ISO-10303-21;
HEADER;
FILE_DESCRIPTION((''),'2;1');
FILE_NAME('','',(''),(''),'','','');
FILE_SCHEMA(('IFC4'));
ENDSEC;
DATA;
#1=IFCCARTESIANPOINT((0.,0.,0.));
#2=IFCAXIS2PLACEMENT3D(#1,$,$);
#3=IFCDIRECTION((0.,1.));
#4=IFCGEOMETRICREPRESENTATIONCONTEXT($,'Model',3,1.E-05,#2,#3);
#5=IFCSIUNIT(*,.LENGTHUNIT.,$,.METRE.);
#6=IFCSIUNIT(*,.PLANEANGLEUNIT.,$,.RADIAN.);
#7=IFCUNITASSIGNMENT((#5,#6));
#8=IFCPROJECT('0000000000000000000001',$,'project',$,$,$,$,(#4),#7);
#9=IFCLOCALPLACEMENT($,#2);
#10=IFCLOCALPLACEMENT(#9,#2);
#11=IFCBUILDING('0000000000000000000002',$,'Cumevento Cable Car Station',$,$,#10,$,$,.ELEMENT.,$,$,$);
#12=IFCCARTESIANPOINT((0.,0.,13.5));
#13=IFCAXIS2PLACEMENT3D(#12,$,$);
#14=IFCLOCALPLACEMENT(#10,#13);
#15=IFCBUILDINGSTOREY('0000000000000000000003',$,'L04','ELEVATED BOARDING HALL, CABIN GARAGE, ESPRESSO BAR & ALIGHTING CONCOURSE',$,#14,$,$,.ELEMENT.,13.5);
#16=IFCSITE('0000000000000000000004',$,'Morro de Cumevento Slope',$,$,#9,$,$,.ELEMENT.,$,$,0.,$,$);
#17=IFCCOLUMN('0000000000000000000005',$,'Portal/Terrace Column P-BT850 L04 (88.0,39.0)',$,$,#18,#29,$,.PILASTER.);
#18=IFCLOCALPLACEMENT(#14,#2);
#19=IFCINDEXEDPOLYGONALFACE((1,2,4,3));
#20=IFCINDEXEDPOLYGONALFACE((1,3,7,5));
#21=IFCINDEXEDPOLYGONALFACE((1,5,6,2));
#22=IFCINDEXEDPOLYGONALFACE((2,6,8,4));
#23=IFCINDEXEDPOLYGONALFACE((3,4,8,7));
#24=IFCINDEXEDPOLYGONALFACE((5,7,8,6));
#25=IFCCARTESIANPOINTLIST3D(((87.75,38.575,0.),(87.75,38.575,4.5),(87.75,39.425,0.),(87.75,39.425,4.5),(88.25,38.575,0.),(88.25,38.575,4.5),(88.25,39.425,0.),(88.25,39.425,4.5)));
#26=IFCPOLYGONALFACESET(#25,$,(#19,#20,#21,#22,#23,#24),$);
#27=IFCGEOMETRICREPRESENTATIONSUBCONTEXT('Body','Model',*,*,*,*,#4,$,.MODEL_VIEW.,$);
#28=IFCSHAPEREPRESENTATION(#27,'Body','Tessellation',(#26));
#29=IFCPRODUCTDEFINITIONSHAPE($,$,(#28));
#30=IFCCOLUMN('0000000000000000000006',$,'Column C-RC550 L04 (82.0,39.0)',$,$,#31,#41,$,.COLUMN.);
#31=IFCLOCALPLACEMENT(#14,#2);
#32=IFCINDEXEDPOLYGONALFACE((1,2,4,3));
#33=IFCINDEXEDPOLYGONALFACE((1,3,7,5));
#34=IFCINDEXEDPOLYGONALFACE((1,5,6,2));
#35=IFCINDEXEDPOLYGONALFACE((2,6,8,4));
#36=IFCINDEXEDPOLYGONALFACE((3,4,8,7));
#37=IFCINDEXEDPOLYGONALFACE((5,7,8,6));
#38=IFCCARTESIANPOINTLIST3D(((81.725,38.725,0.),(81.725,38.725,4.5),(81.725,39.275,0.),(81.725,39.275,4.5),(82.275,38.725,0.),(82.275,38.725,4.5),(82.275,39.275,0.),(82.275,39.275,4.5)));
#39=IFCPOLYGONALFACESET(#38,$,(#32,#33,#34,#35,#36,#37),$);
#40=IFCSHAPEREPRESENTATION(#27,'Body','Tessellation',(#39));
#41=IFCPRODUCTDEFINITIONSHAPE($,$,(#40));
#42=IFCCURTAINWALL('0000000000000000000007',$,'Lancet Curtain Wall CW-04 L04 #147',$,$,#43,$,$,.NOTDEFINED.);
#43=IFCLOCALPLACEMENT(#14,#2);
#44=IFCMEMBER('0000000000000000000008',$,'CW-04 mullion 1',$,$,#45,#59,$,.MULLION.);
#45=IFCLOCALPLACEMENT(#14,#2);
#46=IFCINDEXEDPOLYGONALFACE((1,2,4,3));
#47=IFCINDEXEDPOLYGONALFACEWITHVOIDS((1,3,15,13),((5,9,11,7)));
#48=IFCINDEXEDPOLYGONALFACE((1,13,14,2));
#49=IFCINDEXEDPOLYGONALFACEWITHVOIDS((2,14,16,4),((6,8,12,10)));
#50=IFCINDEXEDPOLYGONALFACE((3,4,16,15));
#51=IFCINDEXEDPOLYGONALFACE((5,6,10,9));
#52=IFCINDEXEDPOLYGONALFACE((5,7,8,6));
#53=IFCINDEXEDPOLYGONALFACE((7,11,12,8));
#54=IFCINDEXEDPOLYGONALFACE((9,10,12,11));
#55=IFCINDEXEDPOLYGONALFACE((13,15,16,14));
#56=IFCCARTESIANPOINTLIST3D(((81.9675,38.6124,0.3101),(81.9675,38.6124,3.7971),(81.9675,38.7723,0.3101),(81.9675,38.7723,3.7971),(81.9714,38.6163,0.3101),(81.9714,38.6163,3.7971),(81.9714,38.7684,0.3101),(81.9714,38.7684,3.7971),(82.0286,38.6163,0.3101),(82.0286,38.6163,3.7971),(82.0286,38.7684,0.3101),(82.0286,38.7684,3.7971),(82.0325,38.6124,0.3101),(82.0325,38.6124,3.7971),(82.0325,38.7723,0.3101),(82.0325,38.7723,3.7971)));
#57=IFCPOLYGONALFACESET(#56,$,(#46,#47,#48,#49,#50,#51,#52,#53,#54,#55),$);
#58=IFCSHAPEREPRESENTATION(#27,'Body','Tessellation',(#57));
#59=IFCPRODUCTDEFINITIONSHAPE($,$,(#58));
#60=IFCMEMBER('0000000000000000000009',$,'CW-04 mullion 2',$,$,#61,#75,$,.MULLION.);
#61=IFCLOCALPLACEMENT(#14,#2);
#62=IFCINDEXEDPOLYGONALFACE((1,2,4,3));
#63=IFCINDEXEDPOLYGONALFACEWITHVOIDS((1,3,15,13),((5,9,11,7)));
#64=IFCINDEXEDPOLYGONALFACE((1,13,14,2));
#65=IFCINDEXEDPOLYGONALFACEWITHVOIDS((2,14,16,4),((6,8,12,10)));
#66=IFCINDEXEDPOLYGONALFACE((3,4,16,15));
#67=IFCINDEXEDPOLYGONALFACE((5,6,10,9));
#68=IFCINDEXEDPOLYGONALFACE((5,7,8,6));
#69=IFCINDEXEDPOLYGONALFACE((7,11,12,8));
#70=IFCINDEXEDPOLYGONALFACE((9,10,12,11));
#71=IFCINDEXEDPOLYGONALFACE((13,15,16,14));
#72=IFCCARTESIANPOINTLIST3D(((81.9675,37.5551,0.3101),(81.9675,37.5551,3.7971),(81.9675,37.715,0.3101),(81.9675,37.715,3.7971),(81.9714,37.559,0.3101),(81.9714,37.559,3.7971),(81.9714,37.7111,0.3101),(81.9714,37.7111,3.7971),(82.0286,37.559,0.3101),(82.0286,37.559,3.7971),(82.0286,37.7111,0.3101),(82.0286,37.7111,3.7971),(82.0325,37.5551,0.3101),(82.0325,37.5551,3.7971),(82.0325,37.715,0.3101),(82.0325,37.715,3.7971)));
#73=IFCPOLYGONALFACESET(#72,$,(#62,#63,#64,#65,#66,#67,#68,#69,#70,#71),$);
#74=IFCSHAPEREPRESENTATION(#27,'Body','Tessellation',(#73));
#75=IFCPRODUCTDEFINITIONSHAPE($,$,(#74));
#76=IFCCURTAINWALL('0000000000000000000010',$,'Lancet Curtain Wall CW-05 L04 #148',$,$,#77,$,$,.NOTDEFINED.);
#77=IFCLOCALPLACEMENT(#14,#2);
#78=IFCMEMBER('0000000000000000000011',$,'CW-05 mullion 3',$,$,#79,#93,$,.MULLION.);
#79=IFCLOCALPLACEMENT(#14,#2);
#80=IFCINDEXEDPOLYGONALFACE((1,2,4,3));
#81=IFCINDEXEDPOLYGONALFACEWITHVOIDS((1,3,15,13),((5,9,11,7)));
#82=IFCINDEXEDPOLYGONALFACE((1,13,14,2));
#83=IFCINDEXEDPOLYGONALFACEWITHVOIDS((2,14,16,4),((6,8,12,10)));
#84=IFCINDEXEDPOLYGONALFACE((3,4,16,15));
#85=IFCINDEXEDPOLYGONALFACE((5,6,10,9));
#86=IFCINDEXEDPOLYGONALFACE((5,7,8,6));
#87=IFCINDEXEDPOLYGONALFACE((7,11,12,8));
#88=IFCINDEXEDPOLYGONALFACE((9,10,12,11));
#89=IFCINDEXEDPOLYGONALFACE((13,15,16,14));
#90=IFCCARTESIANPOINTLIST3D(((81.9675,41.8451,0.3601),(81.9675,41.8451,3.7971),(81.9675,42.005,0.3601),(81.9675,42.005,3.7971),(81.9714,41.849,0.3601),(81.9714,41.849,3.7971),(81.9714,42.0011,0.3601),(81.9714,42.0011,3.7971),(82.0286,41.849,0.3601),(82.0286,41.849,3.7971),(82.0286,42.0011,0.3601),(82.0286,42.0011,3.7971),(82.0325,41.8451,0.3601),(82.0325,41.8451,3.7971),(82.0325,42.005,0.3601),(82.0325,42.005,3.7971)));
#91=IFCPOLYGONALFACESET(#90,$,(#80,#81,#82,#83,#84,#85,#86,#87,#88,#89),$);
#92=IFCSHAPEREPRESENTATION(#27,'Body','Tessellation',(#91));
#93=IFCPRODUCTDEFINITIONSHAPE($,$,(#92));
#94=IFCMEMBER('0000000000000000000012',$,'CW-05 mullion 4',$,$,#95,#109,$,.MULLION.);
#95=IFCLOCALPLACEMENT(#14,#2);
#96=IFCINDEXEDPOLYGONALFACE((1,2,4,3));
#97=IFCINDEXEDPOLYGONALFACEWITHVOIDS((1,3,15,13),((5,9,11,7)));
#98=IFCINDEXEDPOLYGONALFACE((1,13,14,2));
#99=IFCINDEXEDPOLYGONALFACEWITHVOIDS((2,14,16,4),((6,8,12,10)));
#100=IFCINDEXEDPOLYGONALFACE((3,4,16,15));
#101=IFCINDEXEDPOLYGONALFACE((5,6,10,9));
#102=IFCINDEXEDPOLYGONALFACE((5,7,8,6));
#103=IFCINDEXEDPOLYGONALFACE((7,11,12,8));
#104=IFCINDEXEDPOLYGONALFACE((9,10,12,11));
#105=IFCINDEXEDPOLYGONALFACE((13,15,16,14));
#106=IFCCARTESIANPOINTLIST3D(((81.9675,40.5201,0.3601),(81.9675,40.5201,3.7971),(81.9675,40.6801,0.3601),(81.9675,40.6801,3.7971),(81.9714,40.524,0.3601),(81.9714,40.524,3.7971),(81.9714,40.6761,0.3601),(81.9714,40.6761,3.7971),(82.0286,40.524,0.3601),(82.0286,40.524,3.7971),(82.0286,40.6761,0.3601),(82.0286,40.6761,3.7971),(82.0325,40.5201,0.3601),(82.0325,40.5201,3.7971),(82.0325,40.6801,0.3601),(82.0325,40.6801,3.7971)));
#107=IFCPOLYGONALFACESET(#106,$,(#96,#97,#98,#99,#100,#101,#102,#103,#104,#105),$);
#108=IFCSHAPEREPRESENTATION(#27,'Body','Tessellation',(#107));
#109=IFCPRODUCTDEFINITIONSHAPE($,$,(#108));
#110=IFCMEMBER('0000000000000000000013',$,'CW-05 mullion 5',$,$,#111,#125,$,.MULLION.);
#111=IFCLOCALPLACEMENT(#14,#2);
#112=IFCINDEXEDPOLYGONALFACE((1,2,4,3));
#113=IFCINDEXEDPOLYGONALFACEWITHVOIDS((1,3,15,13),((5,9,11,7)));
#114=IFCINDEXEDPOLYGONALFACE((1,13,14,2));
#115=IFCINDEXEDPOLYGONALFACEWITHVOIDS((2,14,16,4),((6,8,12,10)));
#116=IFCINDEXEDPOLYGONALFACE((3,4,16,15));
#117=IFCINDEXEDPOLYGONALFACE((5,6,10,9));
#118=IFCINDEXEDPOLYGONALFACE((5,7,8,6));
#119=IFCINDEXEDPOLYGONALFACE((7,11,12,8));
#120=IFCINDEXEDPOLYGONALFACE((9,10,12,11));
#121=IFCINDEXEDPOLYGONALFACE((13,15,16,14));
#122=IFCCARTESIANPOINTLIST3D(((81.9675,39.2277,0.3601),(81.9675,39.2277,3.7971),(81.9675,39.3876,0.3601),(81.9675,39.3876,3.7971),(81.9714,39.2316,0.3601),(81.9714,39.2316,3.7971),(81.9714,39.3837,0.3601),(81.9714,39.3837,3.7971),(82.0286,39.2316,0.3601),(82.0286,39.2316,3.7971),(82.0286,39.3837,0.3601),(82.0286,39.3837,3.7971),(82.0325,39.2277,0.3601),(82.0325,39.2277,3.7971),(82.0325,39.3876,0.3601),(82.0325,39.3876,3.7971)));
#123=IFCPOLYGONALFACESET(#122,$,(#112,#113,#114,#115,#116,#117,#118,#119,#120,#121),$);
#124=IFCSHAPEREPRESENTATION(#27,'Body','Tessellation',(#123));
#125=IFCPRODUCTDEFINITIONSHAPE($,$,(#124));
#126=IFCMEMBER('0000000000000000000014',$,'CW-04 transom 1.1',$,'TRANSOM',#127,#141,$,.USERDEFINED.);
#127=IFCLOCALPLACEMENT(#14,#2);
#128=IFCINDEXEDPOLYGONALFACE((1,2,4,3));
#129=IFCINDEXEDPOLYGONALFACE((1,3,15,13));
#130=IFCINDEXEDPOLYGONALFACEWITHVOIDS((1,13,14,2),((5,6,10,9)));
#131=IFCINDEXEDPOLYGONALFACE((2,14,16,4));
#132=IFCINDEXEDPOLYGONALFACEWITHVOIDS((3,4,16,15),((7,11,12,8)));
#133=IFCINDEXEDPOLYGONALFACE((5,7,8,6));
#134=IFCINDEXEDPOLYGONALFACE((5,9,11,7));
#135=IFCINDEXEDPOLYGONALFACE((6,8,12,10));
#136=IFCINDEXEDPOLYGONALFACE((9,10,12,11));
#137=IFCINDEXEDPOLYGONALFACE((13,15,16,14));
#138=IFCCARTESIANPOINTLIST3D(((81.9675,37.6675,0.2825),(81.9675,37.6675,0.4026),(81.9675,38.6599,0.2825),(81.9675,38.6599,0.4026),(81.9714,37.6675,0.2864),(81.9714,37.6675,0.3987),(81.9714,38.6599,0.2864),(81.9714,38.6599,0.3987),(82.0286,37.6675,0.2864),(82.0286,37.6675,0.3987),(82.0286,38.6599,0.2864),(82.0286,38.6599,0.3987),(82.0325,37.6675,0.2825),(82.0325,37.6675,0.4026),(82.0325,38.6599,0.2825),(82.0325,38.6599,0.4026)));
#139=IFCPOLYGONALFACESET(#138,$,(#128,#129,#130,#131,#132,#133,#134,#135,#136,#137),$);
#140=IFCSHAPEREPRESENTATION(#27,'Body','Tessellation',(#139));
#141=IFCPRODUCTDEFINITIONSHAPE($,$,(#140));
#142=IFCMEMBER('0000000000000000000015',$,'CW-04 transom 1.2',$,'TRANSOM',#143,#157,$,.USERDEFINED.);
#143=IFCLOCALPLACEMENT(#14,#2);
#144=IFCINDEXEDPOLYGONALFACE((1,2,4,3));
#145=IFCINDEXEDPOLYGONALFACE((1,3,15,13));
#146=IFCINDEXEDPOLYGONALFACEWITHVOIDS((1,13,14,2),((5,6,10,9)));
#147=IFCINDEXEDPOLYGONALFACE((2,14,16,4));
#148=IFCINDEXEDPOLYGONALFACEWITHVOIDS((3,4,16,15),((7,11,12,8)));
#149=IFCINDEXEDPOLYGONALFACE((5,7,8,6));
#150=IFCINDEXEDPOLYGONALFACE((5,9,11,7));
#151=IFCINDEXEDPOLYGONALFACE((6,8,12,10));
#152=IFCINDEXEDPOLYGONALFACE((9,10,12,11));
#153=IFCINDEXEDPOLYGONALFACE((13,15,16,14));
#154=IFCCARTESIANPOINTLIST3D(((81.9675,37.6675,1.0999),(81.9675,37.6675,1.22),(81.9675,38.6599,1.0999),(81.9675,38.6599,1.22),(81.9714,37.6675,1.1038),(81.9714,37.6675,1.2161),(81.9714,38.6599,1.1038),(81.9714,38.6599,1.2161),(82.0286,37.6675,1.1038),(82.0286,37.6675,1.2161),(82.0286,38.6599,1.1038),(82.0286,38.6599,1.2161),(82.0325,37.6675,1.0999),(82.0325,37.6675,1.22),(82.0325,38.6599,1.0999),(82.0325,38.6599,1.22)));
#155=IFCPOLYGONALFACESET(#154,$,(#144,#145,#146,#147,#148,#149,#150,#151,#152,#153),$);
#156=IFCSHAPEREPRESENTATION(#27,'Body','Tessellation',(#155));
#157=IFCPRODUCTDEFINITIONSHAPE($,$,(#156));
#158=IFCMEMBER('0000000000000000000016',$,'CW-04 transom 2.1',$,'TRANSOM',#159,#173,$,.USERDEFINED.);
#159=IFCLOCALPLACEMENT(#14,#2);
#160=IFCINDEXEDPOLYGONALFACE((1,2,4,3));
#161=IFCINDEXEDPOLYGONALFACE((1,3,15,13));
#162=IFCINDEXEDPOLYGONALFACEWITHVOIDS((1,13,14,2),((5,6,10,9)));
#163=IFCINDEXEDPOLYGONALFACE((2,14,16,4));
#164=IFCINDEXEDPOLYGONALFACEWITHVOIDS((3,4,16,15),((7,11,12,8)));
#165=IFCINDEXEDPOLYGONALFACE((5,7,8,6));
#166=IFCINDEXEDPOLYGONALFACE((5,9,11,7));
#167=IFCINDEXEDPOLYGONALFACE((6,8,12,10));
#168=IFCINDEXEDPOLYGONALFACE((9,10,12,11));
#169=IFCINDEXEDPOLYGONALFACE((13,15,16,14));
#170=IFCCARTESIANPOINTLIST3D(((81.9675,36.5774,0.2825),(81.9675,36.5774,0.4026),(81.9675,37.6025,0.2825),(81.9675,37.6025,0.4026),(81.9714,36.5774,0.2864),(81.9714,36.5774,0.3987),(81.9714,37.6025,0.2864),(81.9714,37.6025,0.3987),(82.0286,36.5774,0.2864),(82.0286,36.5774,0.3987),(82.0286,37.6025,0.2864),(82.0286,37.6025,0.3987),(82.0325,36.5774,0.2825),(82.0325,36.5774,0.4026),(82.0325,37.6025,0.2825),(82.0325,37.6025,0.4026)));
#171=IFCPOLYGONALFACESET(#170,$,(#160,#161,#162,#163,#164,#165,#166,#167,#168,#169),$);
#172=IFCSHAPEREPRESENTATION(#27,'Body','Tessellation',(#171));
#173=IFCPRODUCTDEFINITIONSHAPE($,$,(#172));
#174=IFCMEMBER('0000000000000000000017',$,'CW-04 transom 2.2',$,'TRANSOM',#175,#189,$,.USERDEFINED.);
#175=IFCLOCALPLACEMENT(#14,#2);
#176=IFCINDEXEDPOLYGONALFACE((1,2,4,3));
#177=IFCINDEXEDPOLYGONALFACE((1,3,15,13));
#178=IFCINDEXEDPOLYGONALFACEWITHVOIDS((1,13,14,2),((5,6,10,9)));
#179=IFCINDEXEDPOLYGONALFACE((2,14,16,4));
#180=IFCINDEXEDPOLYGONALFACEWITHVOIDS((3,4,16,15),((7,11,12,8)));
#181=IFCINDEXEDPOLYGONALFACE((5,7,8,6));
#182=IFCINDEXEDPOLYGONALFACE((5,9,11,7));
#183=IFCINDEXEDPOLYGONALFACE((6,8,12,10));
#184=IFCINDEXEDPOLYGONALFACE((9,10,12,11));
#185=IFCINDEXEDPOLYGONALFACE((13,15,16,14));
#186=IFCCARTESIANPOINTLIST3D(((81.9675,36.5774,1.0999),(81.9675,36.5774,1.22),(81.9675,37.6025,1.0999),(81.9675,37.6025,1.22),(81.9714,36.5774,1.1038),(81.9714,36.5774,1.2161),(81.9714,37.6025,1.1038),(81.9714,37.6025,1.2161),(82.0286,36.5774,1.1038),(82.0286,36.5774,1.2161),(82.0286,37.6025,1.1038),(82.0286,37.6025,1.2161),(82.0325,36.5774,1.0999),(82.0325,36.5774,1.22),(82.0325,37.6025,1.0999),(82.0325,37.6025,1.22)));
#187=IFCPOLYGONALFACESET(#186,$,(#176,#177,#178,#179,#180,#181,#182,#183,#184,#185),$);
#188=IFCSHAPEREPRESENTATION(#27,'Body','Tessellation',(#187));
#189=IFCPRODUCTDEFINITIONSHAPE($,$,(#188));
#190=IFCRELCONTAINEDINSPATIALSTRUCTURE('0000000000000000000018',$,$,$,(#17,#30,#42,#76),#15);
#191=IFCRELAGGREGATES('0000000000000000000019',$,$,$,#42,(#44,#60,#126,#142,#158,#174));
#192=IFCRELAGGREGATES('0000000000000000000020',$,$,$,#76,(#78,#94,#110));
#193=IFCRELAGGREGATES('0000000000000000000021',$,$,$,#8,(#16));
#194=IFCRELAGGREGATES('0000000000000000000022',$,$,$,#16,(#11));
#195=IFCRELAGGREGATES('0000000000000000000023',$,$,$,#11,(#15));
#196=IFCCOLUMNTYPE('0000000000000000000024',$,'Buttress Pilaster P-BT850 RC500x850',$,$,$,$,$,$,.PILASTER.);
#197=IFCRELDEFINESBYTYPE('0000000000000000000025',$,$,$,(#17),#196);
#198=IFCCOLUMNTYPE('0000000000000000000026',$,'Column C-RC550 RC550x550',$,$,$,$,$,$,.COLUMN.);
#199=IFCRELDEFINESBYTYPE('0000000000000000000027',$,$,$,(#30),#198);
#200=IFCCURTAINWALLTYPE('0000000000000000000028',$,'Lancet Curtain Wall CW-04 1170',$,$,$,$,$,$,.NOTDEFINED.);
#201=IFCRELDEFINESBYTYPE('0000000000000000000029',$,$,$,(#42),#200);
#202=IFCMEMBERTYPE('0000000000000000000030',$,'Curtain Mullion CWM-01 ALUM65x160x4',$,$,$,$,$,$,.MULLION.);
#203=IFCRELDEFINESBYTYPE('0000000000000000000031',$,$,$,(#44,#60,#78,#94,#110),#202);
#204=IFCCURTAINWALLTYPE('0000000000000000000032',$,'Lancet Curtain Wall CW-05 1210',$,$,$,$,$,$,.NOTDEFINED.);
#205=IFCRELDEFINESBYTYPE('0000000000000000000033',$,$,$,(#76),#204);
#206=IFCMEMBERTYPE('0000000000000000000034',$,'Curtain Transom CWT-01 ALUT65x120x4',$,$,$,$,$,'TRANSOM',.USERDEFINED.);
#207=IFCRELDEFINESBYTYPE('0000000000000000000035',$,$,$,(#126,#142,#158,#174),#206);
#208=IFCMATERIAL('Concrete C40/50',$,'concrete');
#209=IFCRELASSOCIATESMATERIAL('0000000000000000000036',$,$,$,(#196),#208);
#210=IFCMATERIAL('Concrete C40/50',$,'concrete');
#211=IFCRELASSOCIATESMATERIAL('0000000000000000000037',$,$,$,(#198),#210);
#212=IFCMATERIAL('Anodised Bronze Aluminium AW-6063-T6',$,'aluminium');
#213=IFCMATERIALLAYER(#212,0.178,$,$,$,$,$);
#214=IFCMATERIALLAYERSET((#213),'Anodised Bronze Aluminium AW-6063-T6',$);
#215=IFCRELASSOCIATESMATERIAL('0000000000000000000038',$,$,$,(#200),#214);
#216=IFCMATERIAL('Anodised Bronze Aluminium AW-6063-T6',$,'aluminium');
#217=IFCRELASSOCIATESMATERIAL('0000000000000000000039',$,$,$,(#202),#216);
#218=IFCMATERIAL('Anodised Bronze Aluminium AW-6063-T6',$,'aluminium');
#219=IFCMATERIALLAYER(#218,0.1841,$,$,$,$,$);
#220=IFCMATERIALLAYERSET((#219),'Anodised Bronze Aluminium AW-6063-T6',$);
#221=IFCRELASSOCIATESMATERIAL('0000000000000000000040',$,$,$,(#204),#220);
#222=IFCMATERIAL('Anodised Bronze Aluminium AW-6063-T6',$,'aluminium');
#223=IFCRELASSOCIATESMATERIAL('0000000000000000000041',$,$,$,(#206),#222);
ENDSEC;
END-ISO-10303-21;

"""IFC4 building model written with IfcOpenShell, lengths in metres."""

from ifc_helpers import new_model, si_unit, direction, frame, origin, origin_2d, place, context, subcontext, project, spatial, rectangle, hollow_rectangle, extrude, material, layer, layer_set, material_profile, profile_set, type_object, element, aggregate, save


model = new_model("IFC4")

# Units and contexts
model_context = context("Model", 3, precision=1e-05, world=origin(), true_north=direction((0.0, 1.0)))
body_context = subcontext(model_context, "Body", "Model", "MODEL_VIEW")
ifc_project = project(units=[si_unit("LENGTHUNIT", "METRE"), si_unit("PLANEANGLEUNIT", "RADIAN")], contexts=[model_context])

# Site, building, storey
site_placement = place(None, origin())
site = spatial("IfcSite", under=ifc_project, at=site_placement, Name="Morro de Cumevento Slope", CompositionType="ELEMENT", RefElevation=0.0)
building_placement = place(site_placement, origin())
building = spatial("IfcBuilding", under=site, at=building_placement, Name="Cumevento Cable Car Station", CompositionType="ELEMENT")
storey_placement = place(building_placement, frame((0.0, 0.0, 13.5)))
storey = spatial("IfcBuildingStorey", under=building, at=storey_placement, Name="L04", Description="ELEVATED BOARDING HALL, CABIN GARAGE, ESPRESSO BAR & ALIGHTING CONCOURSE", CompositionType="ELEMENT", Elevation=13.5)

# Columns
ifc_material_1 = material(Name="Concrete C40/50", Category="concrete")
ifc_material_profile_1 = material_profile(ifc_material_1, rectangle(XDim=0.5, YDim=0.8501, at=origin_2d()), Name="RC500x850")
ifc_profile_set_1 = profile_set([ifc_material_profile_1], Name="Concrete C40/50")
column_type_1 = type_object("IfcColumnType", Name="Buttress Pilaster P-BT850 RC500x850", PredefinedType="PILASTER", material=ifc_profile_set_1)
column_1_placement = place(storey_placement, frame((88.0, 39.0, 0.0), z_axis=(0.0, 0.0, 1.0), x_axis=(1.0, 0.0, 0.0)))
element("IfcColumn", 1, at=column_1_placement, inside=storey, type_object=column_type_1, Name="Portal/Terrace Column P-BT850 L04 (88.0,39.0)", PredefinedType="PILASTER", context=body_context, shape_type="SweptSolid", body=[
    extrude(rectangle(XDim=0.5, YDim=0.8501, at=origin_2d()), origin(), (0.0, 0.0, 1.0), 4.5),
])
ifc_material_2 = material(Name="Concrete C40/50", Category="concrete")
ifc_material_profile_2 = material_profile(ifc_material_2, rectangle(XDim=0.55, YDim=0.55, at=origin_2d()), Name="RC550x550")
ifc_profile_set_2 = profile_set([ifc_material_profile_2], Name="Concrete C40/50")
column_type_2 = type_object("IfcColumnType", Name="Column C-RC550 RC550x550", PredefinedType="COLUMN", material=ifc_profile_set_2)
column_2_placement = place(storey_placement, frame((82.0, 39.0, 0.0), z_axis=(0.0, 0.0, 1.0), x_axis=(1.0, 0.0, 0.0)))
element("IfcColumn", 2, at=column_2_placement, inside=storey, type_object=column_type_2, Name="Column C-RC550 L04 (82.0,39.0)", PredefinedType="COLUMN", context=body_context, shape_type="SweptSolid", body=[
    extrude(rectangle(XDim=0.55, YDim=0.55, at=origin_2d()), origin(), (0.0, 0.0, 1.0), 4.5),
])

# Curtain walls, members
ifc_material_3 = material(Name="Anodised Bronze Aluminium AW-6063-T6", Category="aluminium")
ifc_layer_1 = layer(ifc_material_3, 0.178)
ifc_layer_set_1 = layer_set([ifc_layer_1], Name="Anodised Bronze Aluminium AW-6063-T6")
curtain_wall_type_1 = type_object("IfcCurtainWallType", Name="Lancet Curtain Wall CW-04 1170", PredefinedType="NOTDEFINED", material=ifc_layer_set_1)
curtain_wall_1_placement = place(storey_placement, origin())
curtain_wall_1 = element("IfcCurtainWall", 3, at=curtain_wall_1_placement, inside=storey, type_object=curtain_wall_type_1, Name="Lancet Curtain Wall CW-04 L04 #147", PredefinedType="NOTDEFINED")
ifc_material_4 = material(Name="Anodised Bronze Aluminium AW-6063-T6", Category="aluminium")
ifc_material_profile_3 = material_profile(ifc_material_4, hollow_rectangle(XDim=0.0649, YDim=0.1599, WallThickness=0.0039, at=origin_2d()), Name="ALUM65x160x4")
ifc_profile_set_3 = profile_set([ifc_material_profile_3], Name="Anodised Bronze Aluminium AW-6063-T6")
member_type_1 = type_object("IfcMemberType", Name="Curtain Mullion CWM-01 ALUM65x160x4", PredefinedType="MULLION", material=ifc_profile_set_3)
member_1_placement = place(storey_placement, frame((82.0, 38.6924, 0.3101), z_axis=(0.0, 0.0, 1.0), x_axis=(1.0, 0.0, 0.0)))
member_1 = element("IfcMember", 4, at=member_1_placement, type_object=member_type_1, Name="CW-04 mullion 1", PredefinedType="MULLION", context=body_context, shape_type="SweptSolid", body=[
    extrude(hollow_rectangle(XDim=0.0649, YDim=0.1599, WallThickness=0.0039, at=origin_2d()), origin(), (0.0, 0.0, 1.0), 3.4871),
])
member_2_placement = place(storey_placement, frame((82.0, 37.635, 0.3101), z_axis=(0.0, 0.0, 1.0), x_axis=(1.0, 0.0, 0.0)))
member_2 = element("IfcMember", 5, at=member_2_placement, type_object=member_type_1, Name="CW-04 mullion 2", PredefinedType="MULLION", context=body_context, shape_type="SweptSolid", body=[
    extrude(hollow_rectangle(XDim=0.0649, YDim=0.1599, WallThickness=0.0039, at=origin_2d()), origin(), (0.0, 0.0, 1.0), 3.4871),
])
ifc_material_5 = material(Name="Anodised Bronze Aluminium AW-6063-T6", Category="aluminium")
ifc_layer_2 = layer(ifc_material_5, 0.1841)
ifc_layer_set_2 = layer_set([ifc_layer_2], Name="Anodised Bronze Aluminium AW-6063-T6")
curtain_wall_type_2 = type_object("IfcCurtainWallType", Name="Lancet Curtain Wall CW-05 1210", PredefinedType="NOTDEFINED", material=ifc_layer_set_2)
curtain_wall_2_placement = place(storey_placement, origin())
curtain_wall_2 = element("IfcCurtainWall", 6, at=curtain_wall_2_placement, inside=storey, type_object=curtain_wall_type_2, Name="Lancet Curtain Wall CW-05 L04 #148", PredefinedType="NOTDEFINED")
member_3_placement = place(storey_placement, frame((82.0, 41.925, 0.3601), z_axis=(0.0, 0.0, 1.0), x_axis=(1.0, 0.0, 0.0)))
member_3 = element("IfcMember", 7, at=member_3_placement, type_object=member_type_1, Name="CW-05 mullion 3", PredefinedType="MULLION", context=body_context, shape_type="SweptSolid", body=[
    extrude(hollow_rectangle(XDim=0.0649, YDim=0.1599, WallThickness=0.0039, at=origin_2d()), origin(), (0.0, 0.0, 1.0), 3.437),
])
member_4_placement = place(storey_placement, frame((82.0, 40.6001, 0.3601), z_axis=(0.0, 0.0, 1.0), x_axis=(1.0, 0.0, 0.0)))
member_4 = element("IfcMember", 8, at=member_4_placement, type_object=member_type_1, Name="CW-05 mullion 4", PredefinedType="MULLION", context=body_context, shape_type="SweptSolid", body=[
    extrude(hollow_rectangle(XDim=0.0649, YDim=0.1599, WallThickness=0.0039, at=origin_2d()), origin(), (0.0, 0.0, 1.0), 3.437),
])
member_5_placement = place(storey_placement, frame((82.0, 39.3076, 0.3601), z_axis=(0.0, 0.0, 1.0), x_axis=(1.0, 0.0, 0.0)))
member_5 = element("IfcMember", 9, at=member_5_placement, type_object=member_type_1, Name="CW-05 mullion 5", PredefinedType="MULLION", context=body_context, shape_type="SweptSolid", body=[
    extrude(hollow_rectangle(XDim=0.0649, YDim=0.1599, WallThickness=0.0039, at=origin_2d()), origin(), (0.0, 0.0, 1.0), 3.437),
])

# Members
ifc_material_6 = material(Name="Anodised Bronze Aluminium AW-6063-T6", Category="aluminium")
ifc_material_profile_4 = material_profile(ifc_material_6, hollow_rectangle(XDim=0.0649, YDim=0.1201, WallThickness=0.0039, at=origin_2d()), Name="ALUT65x120x4")
ifc_profile_set_4 = profile_set([ifc_material_profile_4], Name="Anodised Bronze Aluminium AW-6063-T6")
member_type_2 = type_object("IfcMemberType", Name="Curtain Transom CWT-01 ALUT65x120x4", ElementType="TRANSOM", PredefinedType="USERDEFINED", material=ifc_profile_set_4)
member_6_placement = place(storey_placement, frame((82.0, 38.6599, 0.3425), z_axis=(0.0, -1.0, 0.0), x_axis=(1.0, 0.0, 0.0)))
member_6 = element("IfcMember", 10, at=member_6_placement, type_object=member_type_2, Name="CW-04 transom 1.1", ObjectType="TRANSOM", PredefinedType="USERDEFINED", context=body_context, shape_type="SweptSolid", body=[
    extrude(hollow_rectangle(XDim=0.0649, YDim=0.1201, WallThickness=0.0039, at=origin_2d()), origin(), (0.0, 0.0, 1.0), 0.9924),
])
member_7_placement = place(storey_placement, frame((82.0, 38.6599, 1.1599), z_axis=(0.0, -1.0, 0.0), x_axis=(1.0, 0.0, 0.0)))
member_7 = element("IfcMember", 11, at=member_7_placement, type_object=member_type_2, Name="CW-04 transom 1.2", ObjectType="TRANSOM", PredefinedType="USERDEFINED", context=body_context, shape_type="SweptSolid", body=[
    extrude(hollow_rectangle(XDim=0.0649, YDim=0.1201, WallThickness=0.0039, at=origin_2d()), origin(), (0.0, 0.0, 1.0), 0.9924),
])
member_8_placement = place(storey_placement, frame((82.0, 37.6025, 0.3425), z_axis=(0.0, -1.0, 0.0), x_axis=(1.0, 0.0, 0.0)))
member_8 = element("IfcMember", 12, at=member_8_placement, type_object=member_type_2, Name="CW-04 transom 2.1", ObjectType="TRANSOM", PredefinedType="USERDEFINED", context=body_context, shape_type="SweptSolid", body=[
    extrude(hollow_rectangle(XDim=0.0649, YDim=0.1201, WallThickness=0.0039, at=origin_2d()), origin(), (0.0, 0.0, 1.0), 1.0251),
])
member_9_placement = place(storey_placement, frame((82.0, 37.6025, 1.1599), z_axis=(0.0, -1.0, 0.0), x_axis=(1.0, 0.0, 0.0)))
member_9 = element("IfcMember", 13, at=member_9_placement, type_object=member_type_2, Name="CW-04 transom 2.2", ObjectType="TRANSOM", PredefinedType="USERDEFINED", context=body_context, shape_type="SweptSolid", body=[
    extrude(hollow_rectangle(XDim=0.0649, YDim=0.1201, WallThickness=0.0039, at=origin_2d()), origin(), (0.0, 0.0, 1.0), 1.0251),
])

aggregate(curtain_wall_1, [member_1, member_2, member_6, member_7, member_8, member_9])
aggregate(curtain_wall_2, [member_3, member_4, member_5])

save(model, "model.ifc")
